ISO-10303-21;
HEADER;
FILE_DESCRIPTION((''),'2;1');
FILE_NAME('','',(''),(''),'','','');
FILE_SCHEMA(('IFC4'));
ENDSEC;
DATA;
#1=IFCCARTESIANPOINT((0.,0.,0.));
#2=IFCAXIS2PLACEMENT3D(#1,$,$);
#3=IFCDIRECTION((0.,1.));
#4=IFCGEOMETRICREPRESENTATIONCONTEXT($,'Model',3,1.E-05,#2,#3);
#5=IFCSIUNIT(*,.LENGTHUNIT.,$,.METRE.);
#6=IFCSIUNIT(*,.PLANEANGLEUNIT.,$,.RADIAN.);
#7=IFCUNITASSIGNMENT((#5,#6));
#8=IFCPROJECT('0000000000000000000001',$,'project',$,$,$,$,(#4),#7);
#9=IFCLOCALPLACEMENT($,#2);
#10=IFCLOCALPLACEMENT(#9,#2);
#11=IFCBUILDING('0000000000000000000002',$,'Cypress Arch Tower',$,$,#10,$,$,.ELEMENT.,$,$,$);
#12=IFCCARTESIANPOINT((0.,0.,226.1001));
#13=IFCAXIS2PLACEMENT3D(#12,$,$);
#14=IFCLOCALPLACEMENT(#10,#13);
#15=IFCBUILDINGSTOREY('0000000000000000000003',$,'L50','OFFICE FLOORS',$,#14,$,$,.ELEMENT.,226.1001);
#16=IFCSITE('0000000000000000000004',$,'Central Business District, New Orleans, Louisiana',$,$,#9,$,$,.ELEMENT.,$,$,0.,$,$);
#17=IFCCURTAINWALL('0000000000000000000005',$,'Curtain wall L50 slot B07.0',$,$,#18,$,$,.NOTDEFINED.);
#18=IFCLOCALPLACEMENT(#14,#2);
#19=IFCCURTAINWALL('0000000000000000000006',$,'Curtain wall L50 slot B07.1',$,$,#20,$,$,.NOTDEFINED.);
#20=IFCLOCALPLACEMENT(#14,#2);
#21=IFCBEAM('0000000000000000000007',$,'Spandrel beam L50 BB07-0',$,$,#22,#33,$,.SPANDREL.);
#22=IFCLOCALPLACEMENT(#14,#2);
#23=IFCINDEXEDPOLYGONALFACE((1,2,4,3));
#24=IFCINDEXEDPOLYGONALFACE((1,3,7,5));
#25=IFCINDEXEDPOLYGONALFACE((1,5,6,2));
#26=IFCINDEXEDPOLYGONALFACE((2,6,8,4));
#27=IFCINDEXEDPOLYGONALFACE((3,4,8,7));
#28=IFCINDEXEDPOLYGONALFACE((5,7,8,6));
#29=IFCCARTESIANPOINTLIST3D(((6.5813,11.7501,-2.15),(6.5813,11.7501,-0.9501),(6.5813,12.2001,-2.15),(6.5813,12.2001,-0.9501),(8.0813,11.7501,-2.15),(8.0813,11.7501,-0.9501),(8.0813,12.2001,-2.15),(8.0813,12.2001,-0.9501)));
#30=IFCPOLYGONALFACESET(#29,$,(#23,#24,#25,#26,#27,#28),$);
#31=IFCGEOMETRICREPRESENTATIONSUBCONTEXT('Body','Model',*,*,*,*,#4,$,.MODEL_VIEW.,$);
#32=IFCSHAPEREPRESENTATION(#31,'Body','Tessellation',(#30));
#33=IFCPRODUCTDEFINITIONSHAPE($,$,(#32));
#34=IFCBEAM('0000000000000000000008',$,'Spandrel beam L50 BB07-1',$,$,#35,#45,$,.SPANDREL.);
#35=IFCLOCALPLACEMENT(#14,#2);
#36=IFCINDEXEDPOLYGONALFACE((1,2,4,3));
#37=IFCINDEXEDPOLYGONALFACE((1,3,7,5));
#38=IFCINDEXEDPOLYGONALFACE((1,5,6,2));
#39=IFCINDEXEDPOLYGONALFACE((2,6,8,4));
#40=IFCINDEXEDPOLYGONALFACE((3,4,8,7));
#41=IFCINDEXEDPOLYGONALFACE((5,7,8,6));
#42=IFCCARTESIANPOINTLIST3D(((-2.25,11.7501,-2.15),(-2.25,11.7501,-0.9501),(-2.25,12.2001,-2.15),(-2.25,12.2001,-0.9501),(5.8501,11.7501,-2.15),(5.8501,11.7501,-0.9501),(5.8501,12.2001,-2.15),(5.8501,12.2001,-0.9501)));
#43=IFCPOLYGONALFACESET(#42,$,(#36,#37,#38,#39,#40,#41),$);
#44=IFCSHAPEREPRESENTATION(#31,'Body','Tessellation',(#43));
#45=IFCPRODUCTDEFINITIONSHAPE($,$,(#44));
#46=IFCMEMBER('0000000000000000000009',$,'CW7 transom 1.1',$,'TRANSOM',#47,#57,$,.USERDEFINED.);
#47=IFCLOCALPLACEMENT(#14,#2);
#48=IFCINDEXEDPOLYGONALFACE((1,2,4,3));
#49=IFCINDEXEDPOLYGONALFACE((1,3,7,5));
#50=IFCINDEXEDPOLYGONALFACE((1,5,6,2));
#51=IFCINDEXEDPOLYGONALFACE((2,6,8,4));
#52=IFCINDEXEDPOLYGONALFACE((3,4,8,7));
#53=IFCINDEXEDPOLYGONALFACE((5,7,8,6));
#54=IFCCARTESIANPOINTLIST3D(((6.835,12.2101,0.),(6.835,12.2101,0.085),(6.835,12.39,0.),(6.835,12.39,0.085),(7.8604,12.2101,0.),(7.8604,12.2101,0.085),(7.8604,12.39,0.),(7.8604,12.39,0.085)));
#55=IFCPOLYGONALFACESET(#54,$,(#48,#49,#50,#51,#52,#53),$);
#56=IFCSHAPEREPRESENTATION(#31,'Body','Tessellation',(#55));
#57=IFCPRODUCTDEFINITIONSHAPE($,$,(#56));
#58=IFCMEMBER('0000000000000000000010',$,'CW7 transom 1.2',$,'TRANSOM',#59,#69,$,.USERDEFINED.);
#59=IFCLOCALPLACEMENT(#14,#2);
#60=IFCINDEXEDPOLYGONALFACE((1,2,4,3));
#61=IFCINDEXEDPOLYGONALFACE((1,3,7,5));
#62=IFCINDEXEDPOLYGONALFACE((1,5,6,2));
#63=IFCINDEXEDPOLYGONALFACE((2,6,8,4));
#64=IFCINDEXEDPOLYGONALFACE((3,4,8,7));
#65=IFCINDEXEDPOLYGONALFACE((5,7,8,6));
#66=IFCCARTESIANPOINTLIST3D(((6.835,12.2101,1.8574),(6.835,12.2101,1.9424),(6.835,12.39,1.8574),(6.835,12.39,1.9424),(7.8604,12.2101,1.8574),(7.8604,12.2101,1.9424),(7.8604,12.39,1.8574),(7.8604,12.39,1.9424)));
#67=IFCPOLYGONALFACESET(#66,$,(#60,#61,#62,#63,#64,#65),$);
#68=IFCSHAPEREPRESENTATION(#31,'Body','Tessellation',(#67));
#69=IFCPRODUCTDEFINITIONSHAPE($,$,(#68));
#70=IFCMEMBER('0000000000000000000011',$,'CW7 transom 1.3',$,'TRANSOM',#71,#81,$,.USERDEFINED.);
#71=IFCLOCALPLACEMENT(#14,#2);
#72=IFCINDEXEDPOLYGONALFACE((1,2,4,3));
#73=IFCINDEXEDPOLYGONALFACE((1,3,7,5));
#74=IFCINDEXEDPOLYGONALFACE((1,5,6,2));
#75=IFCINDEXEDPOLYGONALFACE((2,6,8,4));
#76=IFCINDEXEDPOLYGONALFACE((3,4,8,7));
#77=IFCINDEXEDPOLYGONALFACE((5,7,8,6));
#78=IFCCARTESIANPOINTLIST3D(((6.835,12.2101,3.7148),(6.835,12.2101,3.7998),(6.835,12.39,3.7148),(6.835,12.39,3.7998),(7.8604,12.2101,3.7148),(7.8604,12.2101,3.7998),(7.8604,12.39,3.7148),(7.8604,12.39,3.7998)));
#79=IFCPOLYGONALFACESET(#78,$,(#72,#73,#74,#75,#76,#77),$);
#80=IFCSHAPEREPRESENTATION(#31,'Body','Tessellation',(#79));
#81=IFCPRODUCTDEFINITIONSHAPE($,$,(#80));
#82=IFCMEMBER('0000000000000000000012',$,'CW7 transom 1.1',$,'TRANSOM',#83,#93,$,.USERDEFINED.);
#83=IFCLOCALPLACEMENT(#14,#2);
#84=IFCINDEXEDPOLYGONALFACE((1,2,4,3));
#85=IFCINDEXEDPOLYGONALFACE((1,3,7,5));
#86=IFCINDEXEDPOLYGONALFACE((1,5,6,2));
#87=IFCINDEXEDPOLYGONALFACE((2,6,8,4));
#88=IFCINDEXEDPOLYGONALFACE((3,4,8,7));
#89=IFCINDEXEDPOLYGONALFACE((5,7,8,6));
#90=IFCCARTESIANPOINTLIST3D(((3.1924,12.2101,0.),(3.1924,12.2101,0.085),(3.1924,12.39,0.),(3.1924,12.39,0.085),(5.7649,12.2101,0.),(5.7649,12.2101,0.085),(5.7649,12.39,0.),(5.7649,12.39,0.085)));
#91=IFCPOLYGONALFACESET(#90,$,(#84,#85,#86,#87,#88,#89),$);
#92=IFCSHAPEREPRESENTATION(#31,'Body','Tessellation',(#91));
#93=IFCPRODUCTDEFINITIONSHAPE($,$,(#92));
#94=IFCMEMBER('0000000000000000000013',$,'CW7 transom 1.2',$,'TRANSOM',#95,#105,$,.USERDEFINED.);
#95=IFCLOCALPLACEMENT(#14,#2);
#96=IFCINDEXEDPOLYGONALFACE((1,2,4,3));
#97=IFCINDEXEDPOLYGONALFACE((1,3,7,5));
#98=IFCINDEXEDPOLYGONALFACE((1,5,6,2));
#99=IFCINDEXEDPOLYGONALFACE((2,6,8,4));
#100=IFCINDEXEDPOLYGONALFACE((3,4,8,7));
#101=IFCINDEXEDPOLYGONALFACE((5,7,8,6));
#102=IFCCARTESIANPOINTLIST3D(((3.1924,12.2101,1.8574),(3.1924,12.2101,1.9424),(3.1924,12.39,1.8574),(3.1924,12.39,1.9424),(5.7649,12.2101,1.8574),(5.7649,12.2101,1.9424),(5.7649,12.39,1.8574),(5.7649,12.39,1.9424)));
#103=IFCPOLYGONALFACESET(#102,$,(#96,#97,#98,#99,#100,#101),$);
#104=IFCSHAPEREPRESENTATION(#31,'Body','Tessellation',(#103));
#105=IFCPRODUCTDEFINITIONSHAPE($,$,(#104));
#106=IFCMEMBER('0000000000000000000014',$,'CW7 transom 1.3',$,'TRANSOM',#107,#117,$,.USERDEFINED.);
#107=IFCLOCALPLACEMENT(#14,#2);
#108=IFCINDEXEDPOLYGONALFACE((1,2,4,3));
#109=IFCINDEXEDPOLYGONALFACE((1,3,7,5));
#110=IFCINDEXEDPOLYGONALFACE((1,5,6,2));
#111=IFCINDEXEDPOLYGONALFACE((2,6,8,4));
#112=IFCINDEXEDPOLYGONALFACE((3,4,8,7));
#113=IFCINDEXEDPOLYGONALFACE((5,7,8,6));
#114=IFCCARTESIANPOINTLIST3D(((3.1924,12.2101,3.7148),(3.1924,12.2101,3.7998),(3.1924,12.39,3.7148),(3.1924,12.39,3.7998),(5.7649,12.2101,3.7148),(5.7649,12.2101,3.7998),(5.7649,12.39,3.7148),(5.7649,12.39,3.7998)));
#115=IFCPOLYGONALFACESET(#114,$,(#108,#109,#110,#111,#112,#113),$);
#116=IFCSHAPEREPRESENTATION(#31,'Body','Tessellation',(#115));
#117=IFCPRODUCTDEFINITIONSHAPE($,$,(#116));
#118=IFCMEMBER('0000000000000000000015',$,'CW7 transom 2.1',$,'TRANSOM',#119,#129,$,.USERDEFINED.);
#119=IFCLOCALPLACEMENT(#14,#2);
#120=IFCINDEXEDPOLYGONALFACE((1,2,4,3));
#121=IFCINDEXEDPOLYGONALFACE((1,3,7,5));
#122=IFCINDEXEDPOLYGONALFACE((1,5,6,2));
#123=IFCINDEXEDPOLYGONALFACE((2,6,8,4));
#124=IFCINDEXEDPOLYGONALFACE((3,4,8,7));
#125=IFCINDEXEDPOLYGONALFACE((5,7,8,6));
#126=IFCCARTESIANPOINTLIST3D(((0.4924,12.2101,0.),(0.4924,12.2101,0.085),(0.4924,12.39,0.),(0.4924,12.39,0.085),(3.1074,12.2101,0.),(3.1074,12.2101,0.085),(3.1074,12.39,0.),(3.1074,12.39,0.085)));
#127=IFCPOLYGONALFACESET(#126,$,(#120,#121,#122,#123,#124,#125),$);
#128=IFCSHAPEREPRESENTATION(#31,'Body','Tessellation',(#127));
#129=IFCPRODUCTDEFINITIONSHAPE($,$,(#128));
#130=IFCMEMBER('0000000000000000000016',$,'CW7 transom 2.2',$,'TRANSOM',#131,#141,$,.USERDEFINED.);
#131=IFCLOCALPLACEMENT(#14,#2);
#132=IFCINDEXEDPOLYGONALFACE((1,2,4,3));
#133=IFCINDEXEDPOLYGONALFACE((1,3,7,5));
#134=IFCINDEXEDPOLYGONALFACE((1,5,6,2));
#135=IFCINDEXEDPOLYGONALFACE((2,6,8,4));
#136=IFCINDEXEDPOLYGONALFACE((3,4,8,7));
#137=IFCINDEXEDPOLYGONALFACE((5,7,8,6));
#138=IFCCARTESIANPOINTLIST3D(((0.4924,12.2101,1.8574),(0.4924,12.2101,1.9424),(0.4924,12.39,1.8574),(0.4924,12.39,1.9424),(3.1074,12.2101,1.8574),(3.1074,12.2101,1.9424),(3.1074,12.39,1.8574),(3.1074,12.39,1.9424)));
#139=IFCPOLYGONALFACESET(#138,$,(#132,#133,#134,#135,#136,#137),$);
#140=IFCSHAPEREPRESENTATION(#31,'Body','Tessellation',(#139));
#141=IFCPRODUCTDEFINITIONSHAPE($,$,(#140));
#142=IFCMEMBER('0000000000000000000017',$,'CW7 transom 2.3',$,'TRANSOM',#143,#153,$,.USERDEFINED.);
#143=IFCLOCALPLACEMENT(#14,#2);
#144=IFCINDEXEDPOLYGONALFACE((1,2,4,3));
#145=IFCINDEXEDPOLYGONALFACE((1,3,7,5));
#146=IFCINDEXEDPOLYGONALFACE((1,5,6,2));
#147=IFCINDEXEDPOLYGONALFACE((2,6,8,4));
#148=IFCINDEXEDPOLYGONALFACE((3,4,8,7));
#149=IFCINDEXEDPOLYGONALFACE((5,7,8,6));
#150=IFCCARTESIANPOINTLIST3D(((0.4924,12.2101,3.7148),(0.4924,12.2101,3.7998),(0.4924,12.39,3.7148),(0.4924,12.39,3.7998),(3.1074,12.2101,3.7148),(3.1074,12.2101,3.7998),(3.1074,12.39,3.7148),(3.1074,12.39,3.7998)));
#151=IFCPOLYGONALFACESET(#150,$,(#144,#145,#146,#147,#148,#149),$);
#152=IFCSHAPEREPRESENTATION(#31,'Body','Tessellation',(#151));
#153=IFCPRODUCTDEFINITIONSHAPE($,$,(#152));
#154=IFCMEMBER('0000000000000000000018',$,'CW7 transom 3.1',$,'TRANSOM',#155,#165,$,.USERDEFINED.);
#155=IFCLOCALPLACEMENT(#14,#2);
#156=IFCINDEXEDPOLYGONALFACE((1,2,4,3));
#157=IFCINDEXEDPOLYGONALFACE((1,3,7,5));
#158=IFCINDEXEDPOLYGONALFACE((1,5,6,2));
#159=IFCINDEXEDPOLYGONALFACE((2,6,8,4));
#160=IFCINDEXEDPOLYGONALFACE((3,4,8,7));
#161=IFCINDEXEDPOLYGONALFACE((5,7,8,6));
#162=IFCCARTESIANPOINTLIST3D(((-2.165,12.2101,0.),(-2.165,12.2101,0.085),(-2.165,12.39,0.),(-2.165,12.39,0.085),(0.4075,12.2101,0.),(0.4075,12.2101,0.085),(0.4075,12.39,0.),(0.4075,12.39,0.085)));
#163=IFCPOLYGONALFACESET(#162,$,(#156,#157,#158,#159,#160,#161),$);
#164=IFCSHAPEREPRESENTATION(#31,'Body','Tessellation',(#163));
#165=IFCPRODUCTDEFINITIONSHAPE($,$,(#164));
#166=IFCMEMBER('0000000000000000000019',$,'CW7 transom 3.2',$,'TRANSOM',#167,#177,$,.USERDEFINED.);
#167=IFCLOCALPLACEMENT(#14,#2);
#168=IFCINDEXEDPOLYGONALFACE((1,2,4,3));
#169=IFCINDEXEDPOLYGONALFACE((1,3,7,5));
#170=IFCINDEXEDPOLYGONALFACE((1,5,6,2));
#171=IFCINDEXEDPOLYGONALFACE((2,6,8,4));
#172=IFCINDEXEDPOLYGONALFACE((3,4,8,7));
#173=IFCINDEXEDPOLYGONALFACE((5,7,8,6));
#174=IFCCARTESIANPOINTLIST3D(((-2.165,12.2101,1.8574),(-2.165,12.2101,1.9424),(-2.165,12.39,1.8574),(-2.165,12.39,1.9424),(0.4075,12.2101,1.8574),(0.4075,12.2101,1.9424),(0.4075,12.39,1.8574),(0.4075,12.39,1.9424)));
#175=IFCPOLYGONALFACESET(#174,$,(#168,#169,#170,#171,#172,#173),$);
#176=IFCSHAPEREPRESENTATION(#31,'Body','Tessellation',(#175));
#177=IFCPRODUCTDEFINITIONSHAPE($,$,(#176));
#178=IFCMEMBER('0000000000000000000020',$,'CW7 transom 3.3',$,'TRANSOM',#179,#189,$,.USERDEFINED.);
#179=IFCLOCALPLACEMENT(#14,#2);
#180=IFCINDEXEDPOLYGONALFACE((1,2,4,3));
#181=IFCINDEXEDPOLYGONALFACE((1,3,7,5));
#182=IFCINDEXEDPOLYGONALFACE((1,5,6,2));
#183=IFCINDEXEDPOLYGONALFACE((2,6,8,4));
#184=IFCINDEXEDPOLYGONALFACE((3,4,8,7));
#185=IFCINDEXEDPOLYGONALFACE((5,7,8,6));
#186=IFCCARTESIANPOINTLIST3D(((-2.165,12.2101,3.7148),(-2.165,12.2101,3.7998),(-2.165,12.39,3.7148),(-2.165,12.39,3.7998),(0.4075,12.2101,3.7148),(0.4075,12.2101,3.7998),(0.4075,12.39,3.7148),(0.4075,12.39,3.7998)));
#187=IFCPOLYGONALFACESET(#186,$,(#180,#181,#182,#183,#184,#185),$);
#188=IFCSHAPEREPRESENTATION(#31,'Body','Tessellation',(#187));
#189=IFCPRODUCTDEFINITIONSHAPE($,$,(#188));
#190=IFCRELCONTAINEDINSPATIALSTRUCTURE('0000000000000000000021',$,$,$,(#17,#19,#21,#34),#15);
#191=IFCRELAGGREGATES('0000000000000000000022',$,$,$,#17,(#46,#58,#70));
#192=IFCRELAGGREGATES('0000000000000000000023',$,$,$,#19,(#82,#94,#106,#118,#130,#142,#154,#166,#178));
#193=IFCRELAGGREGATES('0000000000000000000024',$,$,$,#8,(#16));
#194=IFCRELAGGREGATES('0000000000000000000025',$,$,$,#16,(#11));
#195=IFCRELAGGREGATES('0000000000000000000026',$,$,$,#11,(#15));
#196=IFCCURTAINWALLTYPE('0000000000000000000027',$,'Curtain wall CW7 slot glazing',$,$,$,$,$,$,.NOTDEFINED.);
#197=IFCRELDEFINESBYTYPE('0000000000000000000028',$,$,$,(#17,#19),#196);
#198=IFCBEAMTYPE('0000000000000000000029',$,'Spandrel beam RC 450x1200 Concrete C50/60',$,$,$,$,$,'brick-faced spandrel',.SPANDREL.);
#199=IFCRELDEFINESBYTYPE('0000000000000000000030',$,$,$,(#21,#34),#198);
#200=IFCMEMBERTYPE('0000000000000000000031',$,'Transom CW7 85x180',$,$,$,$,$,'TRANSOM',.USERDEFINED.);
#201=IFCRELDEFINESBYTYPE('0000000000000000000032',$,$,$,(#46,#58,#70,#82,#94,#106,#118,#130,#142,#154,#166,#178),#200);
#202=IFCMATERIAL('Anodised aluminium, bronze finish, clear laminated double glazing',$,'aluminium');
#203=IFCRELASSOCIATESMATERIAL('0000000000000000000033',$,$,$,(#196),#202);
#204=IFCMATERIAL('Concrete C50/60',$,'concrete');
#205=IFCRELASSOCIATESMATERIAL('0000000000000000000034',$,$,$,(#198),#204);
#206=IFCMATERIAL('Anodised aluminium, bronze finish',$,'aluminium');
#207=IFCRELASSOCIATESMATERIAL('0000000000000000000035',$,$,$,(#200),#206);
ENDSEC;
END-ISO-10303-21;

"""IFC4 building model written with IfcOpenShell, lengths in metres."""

from ifc_helpers import new_model, si_unit, direction, frame, origin, origin_2d, place, context, subcontext, project, spatial, rectangle, extrude, material, material_profile, profile_set, type_object, element, aggregate, save


model = new_model("IFC4")

# Units and contexts
model_context = context("Model", 3, precision=1e-05, world=origin(), true_north=direction((0.0, 1.0)))
body_context = subcontext(model_context, "Body", "Model", "MODEL_VIEW")
ifc_project = project(units=[si_unit("LENGTHUNIT", "METRE"), si_unit("PLANEANGLEUNIT", "RADIAN")], contexts=[model_context])

# Site, building, storey
site_placement = place(None, origin())
site = spatial("IfcSite", under=ifc_project, at=site_placement, Name="Central Business District, New Orleans, Louisiana", CompositionType="ELEMENT", RefElevation=0.0)
building_placement = place(site_placement, origin())
building = spatial("IfcBuilding", under=site, at=building_placement, Name="Cypress Arch Tower", CompositionType="ELEMENT")
storey_placement = place(building_placement, frame((0.0, 0.0, 226.1001)))
storey = spatial("IfcBuildingStorey", under=building, at=storey_placement, Name="L50", Description="OFFICE FLOORS", CompositionType="ELEMENT", Elevation=226.1001)

# Shared definitions
ifc_material_1 = material(Name="Anodised aluminium, bronze finish, clear laminated double glazing", Category="aluminium")
curtain_wall_type = type_object("IfcCurtainWallType", Name="Curtain wall CW7 slot glazing", PredefinedType="NOTDEFINED", material=ifc_material_1)

# Curtain walls
curtain_wall_1_placement = place(storey_placement, origin())
curtain_wall_1 = element("IfcCurtainWall", 1, at=curtain_wall_1_placement, inside=storey, type_object=curtain_wall_type, Name="Curtain wall L50 slot B07.0", PredefinedType="NOTDEFINED")
curtain_wall_2_placement = place(storey_placement, origin())
curtain_wall_2 = element("IfcCurtainWall", 2, at=curtain_wall_2_placement, inside=storey, type_object=curtain_wall_type, Name="Curtain wall L50 slot B07.1", PredefinedType="NOTDEFINED")

# Beams
ifc_material_2 = material(Name="Concrete C50/60", Category="concrete")
ifc_material_profile_1 = material_profile(ifc_material_2, rectangle(XDim=0.45, YDim=1.2, at=origin_2d()), Name="RC 450x1200")
ifc_profile_set_1 = profile_set([ifc_material_profile_1], Name="Concrete C50/60")
beam_type_1 = type_object("IfcBeamType", Name="Spandrel beam RC 450x1200 Concrete C50/60", ElementType="brick-faced spandrel", PredefinedType="SPANDREL", material=ifc_profile_set_1)
beam_1_placement = place(storey_placement, frame((8.0813, 11.9751, -1.55), z_axis=(-1.0, 0.0, 0.0), x_axis=(0.0, -1.0, 0.0)))
element("IfcBeam", 3, at=beam_1_placement, inside=storey, type_object=beam_type_1, Name="Spandrel beam L50 BB07-0", PredefinedType="SPANDREL", context=body_context, shape_type="SweptSolid", body=[
    extrude(rectangle(XDim=0.45, YDim=1.2, at=origin_2d()), origin(), (0.0, 0.0, 1.0), 1.5),
])
beam_2_placement = place(storey_placement, frame((5.8501, 11.9751, -1.55), z_axis=(-1.0, 0.0, 0.0), x_axis=(0.0, -1.0, 0.0)))
element("IfcBeam", 4, at=beam_2_placement, inside=storey, type_object=beam_type_1, Name="Spandrel beam L50 BB07-1", PredefinedType="SPANDREL", context=body_context, shape_type="SweptSolid", body=[
    extrude(rectangle(XDim=0.45, YDim=1.2, at=origin_2d()), origin(), (0.0, 0.0, 1.0), 8.1001),
])

# Members
ifc_material_3 = material(Name="Anodised aluminium, bronze finish", Category="aluminium")
ifc_material_profile_2 = material_profile(ifc_material_3, rectangle(XDim=0.1799, YDim=0.085, at=origin_2d()), Name="Transom 85x180")
ifc_profile_set_2 = profile_set([ifc_material_profile_2], Name="Anodised aluminium, bronze finish")
member_type_1 = type_object("IfcMemberType", Name="Transom CW7 85x180", ElementType="TRANSOM", PredefinedType="USERDEFINED", material=ifc_profile_set_2)
member_1_placement = place(storey_placement, frame((7.8604, 12.3, 0.0425), z_axis=(-1.0, 0.0, 0.0), x_axis=(0.0, -1.0, 0.0)))
member_1 = element("IfcMember", 5, at=member_1_placement, type_object=member_type_1, Name="CW7 transom 1.1", ObjectType="TRANSOM", PredefinedType="USERDEFINED", context=body_context, shape_type="SweptSolid", body=[
    extrude(rectangle(XDim=0.1799, YDim=0.085, at=origin_2d()), origin(), (0.0, 0.0, 1.0), 1.0254),
])
member_2_placement = place(storey_placement, frame((7.8604, 12.3, 1.8999), z_axis=(-1.0, 0.0, 0.0), x_axis=(0.0, -1.0, 0.0)))
member_2 = element("IfcMember", 6, at=member_2_placement, type_object=member_type_1, Name="CW7 transom 1.2", ObjectType="TRANSOM", PredefinedType="USERDEFINED", context=body_context, shape_type="SweptSolid", body=[
    extrude(rectangle(XDim=0.1799, YDim=0.085, at=origin_2d()), origin(), (0.0, 0.0, 1.0), 1.0254),
])
member_3_placement = place(storey_placement, frame((7.8604, 12.3, 3.7573), z_axis=(-1.0, 0.0, 0.0), x_axis=(0.0, -1.0, 0.0)))
member_3 = element("IfcMember", 7, at=member_3_placement, type_object=member_type_1, Name="CW7 transom 1.3", ObjectType="TRANSOM", PredefinedType="USERDEFINED", context=body_context, shape_type="SweptSolid", body=[
    extrude(rectangle(XDim=0.1799, YDim=0.085, at=origin_2d()), origin(), (0.0, 0.0, 1.0), 1.0254),
])
member_4_placement = place(storey_placement, frame((5.7649, 12.3, 0.0425), z_axis=(-1.0, 0.0, 0.0), x_axis=(0.0, -1.0, 0.0)))
member_4 = element("IfcMember", 8, at=member_4_placement, type_object=member_type_1, Name="CW7 transom 1.1", ObjectType="TRANSOM", PredefinedType="USERDEFINED", context=body_context, shape_type="SweptSolid", body=[
    extrude(rectangle(XDim=0.1799, YDim=0.085, at=origin_2d()), origin(), (0.0, 0.0, 1.0), 2.5725),
])
member_5_placement = place(storey_placement, frame((5.7649, 12.3, 1.8999), z_axis=(-1.0, 0.0, 0.0), x_axis=(0.0, -1.0, 0.0)))
member_5 = element("IfcMember", 9, at=member_5_placement, type_object=member_type_1, Name="CW7 transom 1.2", ObjectType="TRANSOM", PredefinedType="USERDEFINED", context=body_context, shape_type="SweptSolid", body=[
    extrude(rectangle(XDim=0.1799, YDim=0.085, at=origin_2d()), origin(), (0.0, 0.0, 1.0), 2.5725),
])
member_6_placement = place(storey_placement, frame((5.7649, 12.3, 3.7573), z_axis=(-1.0, 0.0, 0.0), x_axis=(0.0, -1.0, 0.0)))
member_6 = element("IfcMember", 10, at=member_6_placement, type_object=member_type_1, Name="CW7 transom 1.3", ObjectType="TRANSOM", PredefinedType="USERDEFINED", context=body_context, shape_type="SweptSolid", body=[
    extrude(rectangle(XDim=0.1799, YDim=0.085, at=origin_2d()), origin(), (0.0, 0.0, 1.0), 2.5725),
])
member_7_placement = place(storey_placement, frame((3.1074, 12.3, 0.0425), z_axis=(-1.0, 0.0, 0.0), x_axis=(0.0, -1.0, 0.0)))
member_7 = element("IfcMember", 11, at=member_7_placement, type_object=member_type_1, Name="CW7 transom 2.1", ObjectType="TRANSOM", PredefinedType="USERDEFINED", context=body_context, shape_type="SweptSolid", body=[
    extrude(rectangle(XDim=0.1799, YDim=0.085, at=origin_2d()), origin(), (0.0, 0.0, 1.0), 2.615),
])
member_8_placement = place(storey_placement, frame((3.1074, 12.3, 1.8999), z_axis=(-1.0, 0.0, 0.0), x_axis=(0.0, -1.0, 0.0)))
member_8 = element("IfcMember", 12, at=member_8_placement, type_object=member_type_1, Name="CW7 transom 2.2", ObjectType="TRANSOM", PredefinedType="USERDEFINED", context=body_context, shape_type="SweptSolid", body=[
    extrude(rectangle(XDim=0.1799, YDim=0.085, at=origin_2d()), origin(), (0.0, 0.0, 1.0), 2.615),
])
member_9_placement = place(storey_placement, frame((3.1074, 12.3, 3.7573), z_axis=(-1.0, 0.0, 0.0), x_axis=(0.0, -1.0, 0.0)))
member_9 = element("IfcMember", 13, at=member_9_placement, type_object=member_type_1, Name="CW7 transom 2.3", ObjectType="TRANSOM", PredefinedType="USERDEFINED", context=body_context, shape_type="SweptSolid", body=[
    extrude(rectangle(XDim=0.1799, YDim=0.085, at=origin_2d()), origin(), (0.0, 0.0, 1.0), 2.615),
])
member_10_placement = place(storey_placement, frame((0.4075, 12.3, 0.0425), z_axis=(-1.0, 0.0, 0.0), x_axis=(0.0, -1.0, 0.0)))
member_10 = element("IfcMember", 14, at=member_10_placement, type_object=member_type_1, Name="CW7 transom 3.1", ObjectType="TRANSOM", PredefinedType="USERDEFINED", context=body_context, shape_type="SweptSolid", body=[
    extrude(rectangle(XDim=0.1799, YDim=0.085, at=origin_2d()), origin(), (0.0, 0.0, 1.0), 2.5725),
])
member_11_placement = place(storey_placement, frame((0.4075, 12.3, 1.8999), z_axis=(-1.0, 0.0, 0.0), x_axis=(0.0, -1.0, 0.0)))
member_11 = element("IfcMember", 15, at=member_11_placement, type_object=member_type_1, Name="CW7 transom 3.2", ObjectType="TRANSOM", PredefinedType="USERDEFINED", context=body_context, shape_type="SweptSolid", body=[
    extrude(rectangle(XDim=0.1799, YDim=0.085, at=origin_2d()), origin(), (0.0, 0.0, 1.0), 2.5725),
])
member_12_placement = place(storey_placement, frame((0.4075, 12.3, 3.7573), z_axis=(-1.0, 0.0, 0.0), x_axis=(0.0, -1.0, 0.0)))
member_12 = element("IfcMember", 16, at=member_12_placement, type_object=member_type_1, Name="CW7 transom 3.3", ObjectType="TRANSOM", PredefinedType="USERDEFINED", context=body_context, shape_type="SweptSolid", body=[
    extrude(rectangle(XDim=0.1799, YDim=0.085, at=origin_2d()), origin(), (0.0, 0.0, 1.0), 2.5725),
])

aggregate(curtain_wall_1, [member_1, member_2, member_3])
aggregate(curtain_wall_2, [member_4, member_5, member_6, member_7, member_8, member_9, member_10, member_11, member_12])

save(model, "model.ifc")
